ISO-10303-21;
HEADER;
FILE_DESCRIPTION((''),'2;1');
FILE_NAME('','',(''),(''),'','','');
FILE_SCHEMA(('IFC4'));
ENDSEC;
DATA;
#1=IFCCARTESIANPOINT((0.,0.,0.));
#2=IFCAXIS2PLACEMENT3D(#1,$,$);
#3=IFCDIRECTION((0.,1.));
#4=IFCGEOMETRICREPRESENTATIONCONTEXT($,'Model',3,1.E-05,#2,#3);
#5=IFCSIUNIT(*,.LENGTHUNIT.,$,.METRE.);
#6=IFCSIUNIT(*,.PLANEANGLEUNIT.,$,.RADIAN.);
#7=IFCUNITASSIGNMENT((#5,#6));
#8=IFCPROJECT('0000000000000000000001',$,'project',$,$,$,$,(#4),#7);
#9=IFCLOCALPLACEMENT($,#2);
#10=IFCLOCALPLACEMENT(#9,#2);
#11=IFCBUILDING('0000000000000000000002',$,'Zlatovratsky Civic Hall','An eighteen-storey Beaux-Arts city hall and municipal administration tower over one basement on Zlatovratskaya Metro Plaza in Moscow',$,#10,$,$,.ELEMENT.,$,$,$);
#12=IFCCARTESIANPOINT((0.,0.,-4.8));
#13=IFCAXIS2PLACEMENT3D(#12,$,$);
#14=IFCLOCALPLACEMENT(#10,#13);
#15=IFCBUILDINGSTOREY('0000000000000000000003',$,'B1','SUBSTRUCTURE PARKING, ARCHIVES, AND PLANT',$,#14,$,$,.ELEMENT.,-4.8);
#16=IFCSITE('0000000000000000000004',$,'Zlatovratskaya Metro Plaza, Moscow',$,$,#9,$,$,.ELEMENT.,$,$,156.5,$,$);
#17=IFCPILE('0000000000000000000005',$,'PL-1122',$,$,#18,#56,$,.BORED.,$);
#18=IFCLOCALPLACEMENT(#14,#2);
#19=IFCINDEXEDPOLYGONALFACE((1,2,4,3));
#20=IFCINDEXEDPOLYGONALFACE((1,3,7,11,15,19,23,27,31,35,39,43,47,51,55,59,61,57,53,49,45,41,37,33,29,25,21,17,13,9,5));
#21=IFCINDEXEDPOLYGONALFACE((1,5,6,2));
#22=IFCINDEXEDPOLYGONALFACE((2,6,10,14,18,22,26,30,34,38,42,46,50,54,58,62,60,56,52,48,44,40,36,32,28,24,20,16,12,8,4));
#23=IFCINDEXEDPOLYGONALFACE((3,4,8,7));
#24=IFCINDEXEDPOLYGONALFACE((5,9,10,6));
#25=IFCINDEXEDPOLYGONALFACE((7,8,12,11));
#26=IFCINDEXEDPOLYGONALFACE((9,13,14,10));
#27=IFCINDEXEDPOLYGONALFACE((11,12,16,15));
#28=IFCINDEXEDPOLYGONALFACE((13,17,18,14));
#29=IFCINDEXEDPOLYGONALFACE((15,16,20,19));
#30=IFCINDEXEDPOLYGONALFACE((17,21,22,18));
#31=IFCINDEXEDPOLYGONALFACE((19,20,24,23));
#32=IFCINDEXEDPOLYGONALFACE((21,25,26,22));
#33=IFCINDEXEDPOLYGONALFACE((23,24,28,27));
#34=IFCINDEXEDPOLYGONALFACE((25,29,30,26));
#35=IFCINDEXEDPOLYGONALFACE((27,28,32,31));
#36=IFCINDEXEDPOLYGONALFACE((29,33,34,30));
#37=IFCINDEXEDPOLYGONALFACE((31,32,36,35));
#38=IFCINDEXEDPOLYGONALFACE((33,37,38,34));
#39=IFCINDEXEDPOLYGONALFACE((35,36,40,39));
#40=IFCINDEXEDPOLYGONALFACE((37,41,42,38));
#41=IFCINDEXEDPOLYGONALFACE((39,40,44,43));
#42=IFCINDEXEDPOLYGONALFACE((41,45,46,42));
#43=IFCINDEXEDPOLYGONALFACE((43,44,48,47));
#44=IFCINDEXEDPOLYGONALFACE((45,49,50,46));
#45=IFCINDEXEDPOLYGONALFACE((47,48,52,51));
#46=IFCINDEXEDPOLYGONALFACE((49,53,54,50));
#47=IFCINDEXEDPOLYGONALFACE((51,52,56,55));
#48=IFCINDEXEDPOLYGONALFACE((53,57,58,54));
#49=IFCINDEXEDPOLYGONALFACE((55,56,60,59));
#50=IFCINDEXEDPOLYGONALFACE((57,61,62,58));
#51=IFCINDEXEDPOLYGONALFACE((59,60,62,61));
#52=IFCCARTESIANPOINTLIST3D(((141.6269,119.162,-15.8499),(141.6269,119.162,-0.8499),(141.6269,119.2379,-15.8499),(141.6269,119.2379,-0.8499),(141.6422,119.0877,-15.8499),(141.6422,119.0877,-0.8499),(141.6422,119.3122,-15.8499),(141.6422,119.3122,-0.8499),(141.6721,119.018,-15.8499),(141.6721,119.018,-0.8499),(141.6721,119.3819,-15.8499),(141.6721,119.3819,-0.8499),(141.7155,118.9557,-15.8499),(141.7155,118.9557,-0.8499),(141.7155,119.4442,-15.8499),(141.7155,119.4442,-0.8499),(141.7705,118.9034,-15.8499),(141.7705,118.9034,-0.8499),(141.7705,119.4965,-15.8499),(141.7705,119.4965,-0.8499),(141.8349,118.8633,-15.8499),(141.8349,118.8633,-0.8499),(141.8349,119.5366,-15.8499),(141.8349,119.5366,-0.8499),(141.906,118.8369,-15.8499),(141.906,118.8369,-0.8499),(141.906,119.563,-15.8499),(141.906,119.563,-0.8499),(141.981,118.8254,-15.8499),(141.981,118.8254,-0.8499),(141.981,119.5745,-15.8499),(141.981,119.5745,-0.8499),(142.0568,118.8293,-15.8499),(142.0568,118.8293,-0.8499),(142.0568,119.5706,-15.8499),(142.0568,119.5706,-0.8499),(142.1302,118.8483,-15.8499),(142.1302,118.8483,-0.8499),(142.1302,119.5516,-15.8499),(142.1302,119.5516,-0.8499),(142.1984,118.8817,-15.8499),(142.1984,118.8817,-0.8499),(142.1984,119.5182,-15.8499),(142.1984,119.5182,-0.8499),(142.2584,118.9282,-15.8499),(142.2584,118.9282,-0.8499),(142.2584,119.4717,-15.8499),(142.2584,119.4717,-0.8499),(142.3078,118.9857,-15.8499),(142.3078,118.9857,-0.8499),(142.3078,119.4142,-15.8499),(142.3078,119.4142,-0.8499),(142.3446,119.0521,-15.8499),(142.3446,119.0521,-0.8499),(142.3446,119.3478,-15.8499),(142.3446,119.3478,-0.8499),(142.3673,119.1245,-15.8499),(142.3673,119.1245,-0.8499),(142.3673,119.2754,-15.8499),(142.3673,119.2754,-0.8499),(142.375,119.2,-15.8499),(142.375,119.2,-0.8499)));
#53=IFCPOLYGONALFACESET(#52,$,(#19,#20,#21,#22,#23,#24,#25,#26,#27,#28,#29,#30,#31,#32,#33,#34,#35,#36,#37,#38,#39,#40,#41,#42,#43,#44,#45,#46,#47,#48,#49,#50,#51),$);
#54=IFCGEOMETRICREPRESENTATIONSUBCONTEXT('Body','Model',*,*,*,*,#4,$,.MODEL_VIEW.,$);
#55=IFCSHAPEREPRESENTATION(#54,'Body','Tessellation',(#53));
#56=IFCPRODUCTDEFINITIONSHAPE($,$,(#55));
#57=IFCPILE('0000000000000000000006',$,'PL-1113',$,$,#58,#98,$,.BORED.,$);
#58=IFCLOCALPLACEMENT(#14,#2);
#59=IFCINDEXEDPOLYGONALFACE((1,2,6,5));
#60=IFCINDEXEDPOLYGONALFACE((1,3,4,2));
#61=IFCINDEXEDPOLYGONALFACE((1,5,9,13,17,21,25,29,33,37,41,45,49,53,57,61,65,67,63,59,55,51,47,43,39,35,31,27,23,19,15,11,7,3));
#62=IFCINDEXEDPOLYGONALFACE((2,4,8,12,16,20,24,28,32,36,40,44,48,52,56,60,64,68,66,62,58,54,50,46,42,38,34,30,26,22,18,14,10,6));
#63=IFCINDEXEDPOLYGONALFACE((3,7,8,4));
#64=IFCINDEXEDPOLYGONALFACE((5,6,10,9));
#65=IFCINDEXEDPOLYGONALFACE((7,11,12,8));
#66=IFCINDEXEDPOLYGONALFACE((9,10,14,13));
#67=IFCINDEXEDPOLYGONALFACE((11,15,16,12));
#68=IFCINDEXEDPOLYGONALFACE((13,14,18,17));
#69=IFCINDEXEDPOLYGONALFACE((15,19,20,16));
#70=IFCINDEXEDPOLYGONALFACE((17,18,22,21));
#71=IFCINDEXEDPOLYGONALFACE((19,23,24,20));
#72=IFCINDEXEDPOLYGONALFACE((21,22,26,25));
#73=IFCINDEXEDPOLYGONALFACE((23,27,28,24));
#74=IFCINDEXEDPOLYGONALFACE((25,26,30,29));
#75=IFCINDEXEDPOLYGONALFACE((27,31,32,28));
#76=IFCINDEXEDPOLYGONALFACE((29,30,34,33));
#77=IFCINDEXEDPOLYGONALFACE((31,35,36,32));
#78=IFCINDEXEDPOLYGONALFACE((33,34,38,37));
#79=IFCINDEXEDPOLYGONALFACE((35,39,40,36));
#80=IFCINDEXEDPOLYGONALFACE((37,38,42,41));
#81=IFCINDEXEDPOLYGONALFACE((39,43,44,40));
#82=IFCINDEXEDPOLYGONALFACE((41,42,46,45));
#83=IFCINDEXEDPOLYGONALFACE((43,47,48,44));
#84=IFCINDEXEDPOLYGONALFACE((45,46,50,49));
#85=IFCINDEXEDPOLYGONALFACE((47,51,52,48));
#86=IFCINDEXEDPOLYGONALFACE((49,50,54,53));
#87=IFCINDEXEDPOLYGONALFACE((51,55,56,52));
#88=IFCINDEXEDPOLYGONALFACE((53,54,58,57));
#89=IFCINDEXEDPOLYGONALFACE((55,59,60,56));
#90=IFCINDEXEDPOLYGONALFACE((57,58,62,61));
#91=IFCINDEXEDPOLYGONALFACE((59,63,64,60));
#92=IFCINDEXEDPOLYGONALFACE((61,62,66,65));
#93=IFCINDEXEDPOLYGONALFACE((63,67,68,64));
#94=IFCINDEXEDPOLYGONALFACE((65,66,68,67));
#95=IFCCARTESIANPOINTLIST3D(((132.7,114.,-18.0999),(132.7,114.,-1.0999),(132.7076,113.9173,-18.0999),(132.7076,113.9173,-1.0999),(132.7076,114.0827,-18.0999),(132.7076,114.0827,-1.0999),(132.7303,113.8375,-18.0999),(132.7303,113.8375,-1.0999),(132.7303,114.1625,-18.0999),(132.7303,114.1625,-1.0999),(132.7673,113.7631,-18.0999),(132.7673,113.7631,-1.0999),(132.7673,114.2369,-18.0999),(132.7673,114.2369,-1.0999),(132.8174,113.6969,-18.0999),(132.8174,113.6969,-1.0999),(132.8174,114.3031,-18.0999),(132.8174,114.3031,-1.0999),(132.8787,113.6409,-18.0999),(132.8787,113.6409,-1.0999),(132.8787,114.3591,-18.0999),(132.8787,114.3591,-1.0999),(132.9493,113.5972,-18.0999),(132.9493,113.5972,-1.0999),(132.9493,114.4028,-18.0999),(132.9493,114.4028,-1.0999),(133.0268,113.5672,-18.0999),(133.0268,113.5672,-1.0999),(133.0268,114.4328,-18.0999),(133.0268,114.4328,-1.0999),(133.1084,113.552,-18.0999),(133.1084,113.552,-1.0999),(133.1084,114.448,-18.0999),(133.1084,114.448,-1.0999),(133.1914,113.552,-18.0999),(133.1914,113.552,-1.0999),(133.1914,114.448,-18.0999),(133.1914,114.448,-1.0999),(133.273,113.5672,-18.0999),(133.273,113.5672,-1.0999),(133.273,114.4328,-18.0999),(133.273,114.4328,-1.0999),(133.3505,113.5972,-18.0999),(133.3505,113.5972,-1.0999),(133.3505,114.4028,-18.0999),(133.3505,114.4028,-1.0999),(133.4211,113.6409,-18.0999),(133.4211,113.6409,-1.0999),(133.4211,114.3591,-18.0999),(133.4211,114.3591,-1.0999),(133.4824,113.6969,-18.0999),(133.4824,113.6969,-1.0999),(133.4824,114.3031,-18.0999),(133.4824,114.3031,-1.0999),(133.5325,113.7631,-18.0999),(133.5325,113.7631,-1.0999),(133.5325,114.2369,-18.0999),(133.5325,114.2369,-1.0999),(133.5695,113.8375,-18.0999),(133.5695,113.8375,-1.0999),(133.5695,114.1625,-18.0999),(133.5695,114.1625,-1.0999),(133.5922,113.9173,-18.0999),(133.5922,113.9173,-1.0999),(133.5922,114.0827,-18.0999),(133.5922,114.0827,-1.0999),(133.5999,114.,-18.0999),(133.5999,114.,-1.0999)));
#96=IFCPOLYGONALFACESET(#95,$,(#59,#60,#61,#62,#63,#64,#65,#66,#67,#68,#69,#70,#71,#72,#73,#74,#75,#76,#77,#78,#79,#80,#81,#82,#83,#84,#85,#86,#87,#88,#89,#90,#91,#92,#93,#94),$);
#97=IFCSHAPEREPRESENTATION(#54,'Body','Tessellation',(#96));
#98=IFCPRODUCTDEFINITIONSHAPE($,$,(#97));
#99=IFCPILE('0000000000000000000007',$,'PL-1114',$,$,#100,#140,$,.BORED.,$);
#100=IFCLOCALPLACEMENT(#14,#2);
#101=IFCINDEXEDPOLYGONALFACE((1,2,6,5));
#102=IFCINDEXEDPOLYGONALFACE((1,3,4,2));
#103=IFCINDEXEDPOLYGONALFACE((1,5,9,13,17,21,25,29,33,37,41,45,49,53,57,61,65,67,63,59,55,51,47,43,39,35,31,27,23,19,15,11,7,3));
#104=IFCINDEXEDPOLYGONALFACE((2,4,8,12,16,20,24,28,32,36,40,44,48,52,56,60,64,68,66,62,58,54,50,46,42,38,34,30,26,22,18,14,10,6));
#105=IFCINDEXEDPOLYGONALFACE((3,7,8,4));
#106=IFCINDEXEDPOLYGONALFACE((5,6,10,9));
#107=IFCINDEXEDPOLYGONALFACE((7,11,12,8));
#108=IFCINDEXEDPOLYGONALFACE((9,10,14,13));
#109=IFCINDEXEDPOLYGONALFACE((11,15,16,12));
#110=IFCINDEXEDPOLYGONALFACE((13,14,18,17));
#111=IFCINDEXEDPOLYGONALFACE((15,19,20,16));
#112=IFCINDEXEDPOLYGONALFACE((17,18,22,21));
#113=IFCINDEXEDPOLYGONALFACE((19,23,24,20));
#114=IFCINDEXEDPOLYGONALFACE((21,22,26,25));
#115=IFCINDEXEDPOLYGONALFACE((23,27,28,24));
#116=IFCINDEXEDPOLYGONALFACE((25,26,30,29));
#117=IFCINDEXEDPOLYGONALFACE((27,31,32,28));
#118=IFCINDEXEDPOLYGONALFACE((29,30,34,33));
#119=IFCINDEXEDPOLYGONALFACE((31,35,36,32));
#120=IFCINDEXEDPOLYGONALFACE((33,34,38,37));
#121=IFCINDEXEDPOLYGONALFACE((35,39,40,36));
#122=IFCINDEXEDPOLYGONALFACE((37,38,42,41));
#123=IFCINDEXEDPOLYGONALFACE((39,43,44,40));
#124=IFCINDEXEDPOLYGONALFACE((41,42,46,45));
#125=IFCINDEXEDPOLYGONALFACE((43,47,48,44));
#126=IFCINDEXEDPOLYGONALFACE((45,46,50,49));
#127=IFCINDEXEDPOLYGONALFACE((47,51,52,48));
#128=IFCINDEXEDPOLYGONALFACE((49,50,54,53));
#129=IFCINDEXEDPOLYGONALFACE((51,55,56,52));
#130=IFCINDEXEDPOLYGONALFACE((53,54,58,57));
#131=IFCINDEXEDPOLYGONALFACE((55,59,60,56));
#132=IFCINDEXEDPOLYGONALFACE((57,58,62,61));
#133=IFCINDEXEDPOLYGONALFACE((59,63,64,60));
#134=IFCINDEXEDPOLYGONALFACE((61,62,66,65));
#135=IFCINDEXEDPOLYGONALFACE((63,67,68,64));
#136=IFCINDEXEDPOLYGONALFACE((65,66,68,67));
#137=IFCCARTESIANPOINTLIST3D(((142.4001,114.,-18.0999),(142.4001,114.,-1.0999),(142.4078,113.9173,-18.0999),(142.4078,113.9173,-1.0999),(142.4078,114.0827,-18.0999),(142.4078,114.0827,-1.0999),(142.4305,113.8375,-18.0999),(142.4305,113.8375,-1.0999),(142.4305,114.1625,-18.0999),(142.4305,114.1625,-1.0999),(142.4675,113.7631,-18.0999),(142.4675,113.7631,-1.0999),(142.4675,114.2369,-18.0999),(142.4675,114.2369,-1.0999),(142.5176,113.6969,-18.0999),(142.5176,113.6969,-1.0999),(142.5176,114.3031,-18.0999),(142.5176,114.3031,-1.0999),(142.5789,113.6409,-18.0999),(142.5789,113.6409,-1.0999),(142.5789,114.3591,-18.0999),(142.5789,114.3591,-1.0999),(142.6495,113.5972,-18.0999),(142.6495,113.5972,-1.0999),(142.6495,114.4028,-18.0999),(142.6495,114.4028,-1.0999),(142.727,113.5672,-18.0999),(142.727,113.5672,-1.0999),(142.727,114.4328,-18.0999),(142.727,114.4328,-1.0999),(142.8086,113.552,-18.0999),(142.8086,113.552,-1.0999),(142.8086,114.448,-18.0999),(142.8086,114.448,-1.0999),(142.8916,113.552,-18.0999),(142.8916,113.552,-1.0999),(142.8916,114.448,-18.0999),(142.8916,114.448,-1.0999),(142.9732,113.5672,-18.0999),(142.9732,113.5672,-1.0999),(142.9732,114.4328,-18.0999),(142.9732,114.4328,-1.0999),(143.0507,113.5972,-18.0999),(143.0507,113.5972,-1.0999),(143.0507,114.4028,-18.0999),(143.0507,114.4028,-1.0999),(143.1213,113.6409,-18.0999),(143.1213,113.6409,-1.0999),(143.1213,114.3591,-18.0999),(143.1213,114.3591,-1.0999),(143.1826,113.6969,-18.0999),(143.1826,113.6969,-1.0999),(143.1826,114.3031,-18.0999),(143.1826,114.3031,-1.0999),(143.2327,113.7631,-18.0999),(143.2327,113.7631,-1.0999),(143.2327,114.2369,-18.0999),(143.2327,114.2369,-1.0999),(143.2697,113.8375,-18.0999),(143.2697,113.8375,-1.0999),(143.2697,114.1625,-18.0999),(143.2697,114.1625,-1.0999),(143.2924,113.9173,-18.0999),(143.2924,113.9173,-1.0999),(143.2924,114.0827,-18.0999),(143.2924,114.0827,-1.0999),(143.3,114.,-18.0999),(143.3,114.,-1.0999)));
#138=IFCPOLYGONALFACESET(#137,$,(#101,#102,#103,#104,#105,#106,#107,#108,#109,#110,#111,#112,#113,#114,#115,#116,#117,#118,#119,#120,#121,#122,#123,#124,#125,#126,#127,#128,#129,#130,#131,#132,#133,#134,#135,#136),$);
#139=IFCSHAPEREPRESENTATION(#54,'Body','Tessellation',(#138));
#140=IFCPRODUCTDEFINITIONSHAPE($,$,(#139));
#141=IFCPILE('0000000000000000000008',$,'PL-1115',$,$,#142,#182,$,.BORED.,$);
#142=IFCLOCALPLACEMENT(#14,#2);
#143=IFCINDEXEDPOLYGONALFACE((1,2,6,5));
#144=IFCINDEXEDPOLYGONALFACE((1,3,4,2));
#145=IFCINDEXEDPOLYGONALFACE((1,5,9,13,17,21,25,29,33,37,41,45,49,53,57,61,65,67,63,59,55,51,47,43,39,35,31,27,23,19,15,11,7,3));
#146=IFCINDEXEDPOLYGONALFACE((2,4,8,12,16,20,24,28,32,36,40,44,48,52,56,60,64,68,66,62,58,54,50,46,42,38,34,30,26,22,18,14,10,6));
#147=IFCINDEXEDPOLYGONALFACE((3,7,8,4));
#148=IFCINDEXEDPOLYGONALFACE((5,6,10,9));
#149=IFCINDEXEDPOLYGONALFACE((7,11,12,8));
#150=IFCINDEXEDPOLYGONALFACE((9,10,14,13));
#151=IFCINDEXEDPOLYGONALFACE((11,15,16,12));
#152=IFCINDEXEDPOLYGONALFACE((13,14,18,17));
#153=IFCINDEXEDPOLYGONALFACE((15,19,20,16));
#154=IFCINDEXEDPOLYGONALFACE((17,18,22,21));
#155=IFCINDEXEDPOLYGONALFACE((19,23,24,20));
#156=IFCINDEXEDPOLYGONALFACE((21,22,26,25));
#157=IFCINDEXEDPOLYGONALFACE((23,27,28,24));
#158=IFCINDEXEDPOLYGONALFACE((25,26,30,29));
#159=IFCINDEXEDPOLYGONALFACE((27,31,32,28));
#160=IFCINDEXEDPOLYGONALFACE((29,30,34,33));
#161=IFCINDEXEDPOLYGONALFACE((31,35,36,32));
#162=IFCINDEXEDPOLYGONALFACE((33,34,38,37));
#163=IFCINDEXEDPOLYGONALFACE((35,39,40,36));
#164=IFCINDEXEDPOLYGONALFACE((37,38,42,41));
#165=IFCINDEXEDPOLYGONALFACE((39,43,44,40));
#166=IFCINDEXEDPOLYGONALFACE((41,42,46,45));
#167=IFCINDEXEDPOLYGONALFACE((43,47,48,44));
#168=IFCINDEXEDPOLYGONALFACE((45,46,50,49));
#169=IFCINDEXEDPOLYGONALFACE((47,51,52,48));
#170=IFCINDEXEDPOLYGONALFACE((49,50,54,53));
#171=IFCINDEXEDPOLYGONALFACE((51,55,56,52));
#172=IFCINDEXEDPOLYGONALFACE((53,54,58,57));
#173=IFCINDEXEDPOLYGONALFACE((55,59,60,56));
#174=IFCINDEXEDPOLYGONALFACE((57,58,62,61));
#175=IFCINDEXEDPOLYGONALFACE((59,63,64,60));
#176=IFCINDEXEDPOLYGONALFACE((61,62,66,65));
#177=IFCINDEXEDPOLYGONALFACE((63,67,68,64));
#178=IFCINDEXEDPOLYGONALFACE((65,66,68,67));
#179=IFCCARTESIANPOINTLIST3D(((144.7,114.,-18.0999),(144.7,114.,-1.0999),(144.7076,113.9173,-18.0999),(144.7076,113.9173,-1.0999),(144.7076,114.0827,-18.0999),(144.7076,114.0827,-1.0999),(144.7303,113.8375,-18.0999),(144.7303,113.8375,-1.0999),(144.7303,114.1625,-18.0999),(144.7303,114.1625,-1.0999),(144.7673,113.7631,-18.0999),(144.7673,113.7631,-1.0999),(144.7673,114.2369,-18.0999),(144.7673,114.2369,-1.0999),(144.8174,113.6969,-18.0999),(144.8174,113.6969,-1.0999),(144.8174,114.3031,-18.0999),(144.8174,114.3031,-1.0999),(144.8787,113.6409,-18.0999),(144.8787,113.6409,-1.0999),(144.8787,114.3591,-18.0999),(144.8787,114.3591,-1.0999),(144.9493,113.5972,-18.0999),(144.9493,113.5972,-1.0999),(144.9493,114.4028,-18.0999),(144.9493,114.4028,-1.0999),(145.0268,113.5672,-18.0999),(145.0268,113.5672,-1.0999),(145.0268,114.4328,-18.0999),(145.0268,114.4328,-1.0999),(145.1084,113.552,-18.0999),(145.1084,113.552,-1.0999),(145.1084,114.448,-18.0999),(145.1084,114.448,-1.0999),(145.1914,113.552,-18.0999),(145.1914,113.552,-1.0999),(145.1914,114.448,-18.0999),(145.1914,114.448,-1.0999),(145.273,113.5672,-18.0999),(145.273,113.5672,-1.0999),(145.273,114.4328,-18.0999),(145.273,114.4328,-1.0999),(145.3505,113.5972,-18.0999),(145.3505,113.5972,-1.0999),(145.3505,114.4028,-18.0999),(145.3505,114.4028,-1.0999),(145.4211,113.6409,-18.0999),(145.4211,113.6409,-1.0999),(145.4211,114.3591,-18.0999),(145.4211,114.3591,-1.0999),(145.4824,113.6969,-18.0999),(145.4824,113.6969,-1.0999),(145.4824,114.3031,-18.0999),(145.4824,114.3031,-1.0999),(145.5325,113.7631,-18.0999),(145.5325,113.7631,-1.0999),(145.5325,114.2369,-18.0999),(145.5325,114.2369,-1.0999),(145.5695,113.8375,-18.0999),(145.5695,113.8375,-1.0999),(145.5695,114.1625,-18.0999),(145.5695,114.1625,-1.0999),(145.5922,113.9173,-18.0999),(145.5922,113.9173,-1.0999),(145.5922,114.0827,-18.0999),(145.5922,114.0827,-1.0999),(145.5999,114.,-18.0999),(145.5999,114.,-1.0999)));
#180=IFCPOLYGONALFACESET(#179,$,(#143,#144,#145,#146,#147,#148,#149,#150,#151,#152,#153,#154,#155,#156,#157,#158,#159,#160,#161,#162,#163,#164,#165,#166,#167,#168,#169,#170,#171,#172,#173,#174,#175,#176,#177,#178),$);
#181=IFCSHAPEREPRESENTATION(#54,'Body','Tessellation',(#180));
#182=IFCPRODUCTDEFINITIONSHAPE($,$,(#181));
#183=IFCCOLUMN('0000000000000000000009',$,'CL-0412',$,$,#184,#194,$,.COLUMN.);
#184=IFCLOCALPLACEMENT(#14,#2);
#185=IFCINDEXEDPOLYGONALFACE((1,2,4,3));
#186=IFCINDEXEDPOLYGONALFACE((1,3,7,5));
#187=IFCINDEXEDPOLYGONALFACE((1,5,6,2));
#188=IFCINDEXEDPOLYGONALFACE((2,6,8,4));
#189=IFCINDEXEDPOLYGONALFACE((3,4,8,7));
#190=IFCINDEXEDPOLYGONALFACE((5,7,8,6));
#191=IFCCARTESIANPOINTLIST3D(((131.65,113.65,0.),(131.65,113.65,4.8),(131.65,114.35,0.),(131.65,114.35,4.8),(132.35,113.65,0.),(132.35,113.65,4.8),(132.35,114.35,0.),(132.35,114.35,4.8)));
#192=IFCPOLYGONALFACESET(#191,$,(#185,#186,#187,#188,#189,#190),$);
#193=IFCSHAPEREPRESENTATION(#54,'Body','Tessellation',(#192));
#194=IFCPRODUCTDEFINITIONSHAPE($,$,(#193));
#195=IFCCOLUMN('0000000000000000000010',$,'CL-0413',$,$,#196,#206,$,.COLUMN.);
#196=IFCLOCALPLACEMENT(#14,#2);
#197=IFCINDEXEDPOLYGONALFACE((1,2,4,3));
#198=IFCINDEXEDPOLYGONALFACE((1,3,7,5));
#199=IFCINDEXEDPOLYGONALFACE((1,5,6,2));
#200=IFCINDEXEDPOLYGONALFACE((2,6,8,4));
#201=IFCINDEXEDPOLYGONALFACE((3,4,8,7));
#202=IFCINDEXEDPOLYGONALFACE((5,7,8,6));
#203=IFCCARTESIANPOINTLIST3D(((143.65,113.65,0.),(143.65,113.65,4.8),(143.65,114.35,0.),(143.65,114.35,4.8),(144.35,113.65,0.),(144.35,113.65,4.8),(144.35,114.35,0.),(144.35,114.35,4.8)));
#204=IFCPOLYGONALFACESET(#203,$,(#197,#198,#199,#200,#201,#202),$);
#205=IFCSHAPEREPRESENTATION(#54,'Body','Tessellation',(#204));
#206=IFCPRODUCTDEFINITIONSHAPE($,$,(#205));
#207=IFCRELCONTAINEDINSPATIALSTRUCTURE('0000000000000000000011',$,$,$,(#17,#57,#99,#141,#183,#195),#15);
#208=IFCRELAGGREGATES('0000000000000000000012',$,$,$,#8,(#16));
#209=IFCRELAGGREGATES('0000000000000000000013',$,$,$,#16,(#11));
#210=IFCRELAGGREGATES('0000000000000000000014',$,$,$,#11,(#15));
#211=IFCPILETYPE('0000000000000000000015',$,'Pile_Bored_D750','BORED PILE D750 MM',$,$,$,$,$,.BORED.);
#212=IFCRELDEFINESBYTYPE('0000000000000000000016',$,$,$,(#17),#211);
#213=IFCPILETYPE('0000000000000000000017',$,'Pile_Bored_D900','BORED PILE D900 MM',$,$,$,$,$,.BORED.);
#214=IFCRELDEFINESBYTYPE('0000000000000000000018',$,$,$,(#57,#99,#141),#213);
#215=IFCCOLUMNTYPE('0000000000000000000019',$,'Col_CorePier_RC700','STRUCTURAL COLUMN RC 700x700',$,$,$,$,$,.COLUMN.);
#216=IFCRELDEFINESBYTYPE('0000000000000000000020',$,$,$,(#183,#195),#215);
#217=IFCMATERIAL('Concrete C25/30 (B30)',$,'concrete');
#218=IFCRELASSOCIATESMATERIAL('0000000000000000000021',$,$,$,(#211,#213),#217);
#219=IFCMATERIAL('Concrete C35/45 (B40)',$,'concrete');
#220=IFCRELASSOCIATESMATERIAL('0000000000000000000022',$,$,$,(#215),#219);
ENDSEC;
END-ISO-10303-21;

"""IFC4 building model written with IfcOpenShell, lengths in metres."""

from ifc_helpers import new_model, si_unit, direction, frame, origin, origin_2d, place, context, subcontext, project, spatial, rectangle, circle, extrude, material, material_profile, profile_set, type_object, element, save


model = new_model("IFC4")

# Units and contexts
model_context = context("Model", 3, precision=1e-05, world=origin(), true_north=direction((0.0, 1.0)))
body_context = subcontext(model_context, "Body", "Model", "MODEL_VIEW")
ifc_project = project(units=[si_unit("LENGTHUNIT", "METRE"), si_unit("PLANEANGLEUNIT", "RADIAN")], contexts=[model_context])

# Site, building, storey
site_placement = place(None, origin())
site = spatial("IfcSite", under=ifc_project, at=site_placement, Name="Zlatovratskaya Metro Plaza, Moscow", CompositionType="ELEMENT", RefElevation=156.5)
building_placement = place(site_placement, origin())
building = spatial("IfcBuilding", under=site, at=building_placement, Name="Zlatovratsky Civic Hall", Description="An eighteen-storey Beaux-Arts city hall and municipal administration tower over one basement on Zlatovratskaya Metro Plaza in Moscow", CompositionType="ELEMENT")
storey_placement = place(building_placement, frame((0.0, 0.0, -4.8)))
storey = spatial("IfcBuildingStorey", under=building, at=storey_placement, Name="B1", Description="SUBSTRUCTURE PARKING, ARCHIVES, AND PLANT", CompositionType="ELEMENT", Elevation=-4.8)

# Shared definitions
ifc_material_1 = material(Name="Concrete C25/30 (B30)", Category="concrete")

# Piles
ifc_material_profile_1 = material_profile(ifc_material_1, circle(Radius=0.375, at=origin_2d()), Name="PILE D750")
ifc_profile_set_1 = profile_set([ifc_material_profile_1], Name="Concrete C25/30 (B30)")
pile_type_1 = type_object("IfcPileType", Name="Pile_Bored_D750", Description="BORED PILE D750 MM", PredefinedType="BORED", material=ifc_profile_set_1)
pile_placement = place(storey_placement, frame((142.0, 119.2, -0.8499), z_axis=(0.0, 0.0, -1.0), x_axis=(1.0, 0.0, 0.0)))
element("IfcPile", 1, at=pile_placement, inside=storey, type_object=pile_type_1, Name="PL-1122", PredefinedType="BORED", context=body_context, shape_type="SweptSolid", body=[
    extrude(circle(Radius=0.375, at=origin_2d()), origin(), (0.0, 0.0, 1.0), 15.0),
])
ifc_material_profile_2 = material_profile(ifc_material_1, circle(Radius=0.45, at=origin_2d()), Name="PILE D900")
ifc_profile_set_2 = profile_set([ifc_material_profile_2], Name="Concrete C25/30 (B30)")
pile_type_2 = type_object("IfcPileType", Name="Pile_Bored_D900", Description="BORED PILE D900 MM", PredefinedType="BORED", material=ifc_profile_set_2)
for number, where, z_axis, x_axis, name in (
    (2, (133.1499, 114.0, -1.0999), (0.0, 0.0, -1.0), (1.0, 0.0, 0.0), "PL-1113"),
    (3, (142.8501, 114.0, -1.0999), (0.0, 0.0, -1.0), (1.0, 0.0, 0.0), "PL-1114"),
    (4, (145.1499, 114.0, -1.0999), (0.0, 0.0, -1.0), (1.0, 0.0, 0.0), "PL-1115"),
):
    element("IfcPile", number, at=place(storey_placement, frame(where, z_axis=z_axis, x_axis=x_axis)), inside=storey, type_object=pile_type_2, Name=name, PredefinedType="BORED", context=body_context, shape_type="SweptSolid", body=[
        extrude(circle(Radius=0.45, at=origin_2d()), origin(), (0.0, 0.0, 1.0), 17.0),
    ])

# Columns
ifc_material_2 = material(Name="Concrete C35/45 (B40)", Category="concrete")
ifc_material_profile_3 = material_profile(ifc_material_2, rectangle(XDim=0.7, YDim=0.7, at=origin_2d()), Name="RC 700x700")
ifc_profile_set_3 = profile_set([ifc_material_profile_3], Name="Concrete C35/45 (B40)")
column_type_1 = type_object("IfcColumnType", Name="Col_CorePier_RC700", Description="STRUCTURAL COLUMN RC 700x700", PredefinedType="COLUMN", material=ifc_profile_set_3)
for number, where, z_axis, x_axis, name in (
    (5, (132.0, 114.0, 0.0), (0.0, 0.0, 1.0), (1.0, 0.0, 0.0), "CL-0412"),
    (6, (144.0, 114.0, 0.0), (0.0, 0.0, 1.0), (1.0, 0.0, 0.0), "CL-0413"),
):
    element("IfcColumn", number, at=place(storey_placement, frame(where, z_axis=z_axis, x_axis=x_axis)), inside=storey, type_object=column_type_1, Name=name, PredefinedType="COLUMN", context=body_context, shape_type="SweptSolid", body=[
        extrude(rectangle(XDim=0.7, YDim=0.7, at=origin_2d()), origin(), (0.0, 0.0, 1.0), 4.8),
    ])

save(model, "model.ifc")
